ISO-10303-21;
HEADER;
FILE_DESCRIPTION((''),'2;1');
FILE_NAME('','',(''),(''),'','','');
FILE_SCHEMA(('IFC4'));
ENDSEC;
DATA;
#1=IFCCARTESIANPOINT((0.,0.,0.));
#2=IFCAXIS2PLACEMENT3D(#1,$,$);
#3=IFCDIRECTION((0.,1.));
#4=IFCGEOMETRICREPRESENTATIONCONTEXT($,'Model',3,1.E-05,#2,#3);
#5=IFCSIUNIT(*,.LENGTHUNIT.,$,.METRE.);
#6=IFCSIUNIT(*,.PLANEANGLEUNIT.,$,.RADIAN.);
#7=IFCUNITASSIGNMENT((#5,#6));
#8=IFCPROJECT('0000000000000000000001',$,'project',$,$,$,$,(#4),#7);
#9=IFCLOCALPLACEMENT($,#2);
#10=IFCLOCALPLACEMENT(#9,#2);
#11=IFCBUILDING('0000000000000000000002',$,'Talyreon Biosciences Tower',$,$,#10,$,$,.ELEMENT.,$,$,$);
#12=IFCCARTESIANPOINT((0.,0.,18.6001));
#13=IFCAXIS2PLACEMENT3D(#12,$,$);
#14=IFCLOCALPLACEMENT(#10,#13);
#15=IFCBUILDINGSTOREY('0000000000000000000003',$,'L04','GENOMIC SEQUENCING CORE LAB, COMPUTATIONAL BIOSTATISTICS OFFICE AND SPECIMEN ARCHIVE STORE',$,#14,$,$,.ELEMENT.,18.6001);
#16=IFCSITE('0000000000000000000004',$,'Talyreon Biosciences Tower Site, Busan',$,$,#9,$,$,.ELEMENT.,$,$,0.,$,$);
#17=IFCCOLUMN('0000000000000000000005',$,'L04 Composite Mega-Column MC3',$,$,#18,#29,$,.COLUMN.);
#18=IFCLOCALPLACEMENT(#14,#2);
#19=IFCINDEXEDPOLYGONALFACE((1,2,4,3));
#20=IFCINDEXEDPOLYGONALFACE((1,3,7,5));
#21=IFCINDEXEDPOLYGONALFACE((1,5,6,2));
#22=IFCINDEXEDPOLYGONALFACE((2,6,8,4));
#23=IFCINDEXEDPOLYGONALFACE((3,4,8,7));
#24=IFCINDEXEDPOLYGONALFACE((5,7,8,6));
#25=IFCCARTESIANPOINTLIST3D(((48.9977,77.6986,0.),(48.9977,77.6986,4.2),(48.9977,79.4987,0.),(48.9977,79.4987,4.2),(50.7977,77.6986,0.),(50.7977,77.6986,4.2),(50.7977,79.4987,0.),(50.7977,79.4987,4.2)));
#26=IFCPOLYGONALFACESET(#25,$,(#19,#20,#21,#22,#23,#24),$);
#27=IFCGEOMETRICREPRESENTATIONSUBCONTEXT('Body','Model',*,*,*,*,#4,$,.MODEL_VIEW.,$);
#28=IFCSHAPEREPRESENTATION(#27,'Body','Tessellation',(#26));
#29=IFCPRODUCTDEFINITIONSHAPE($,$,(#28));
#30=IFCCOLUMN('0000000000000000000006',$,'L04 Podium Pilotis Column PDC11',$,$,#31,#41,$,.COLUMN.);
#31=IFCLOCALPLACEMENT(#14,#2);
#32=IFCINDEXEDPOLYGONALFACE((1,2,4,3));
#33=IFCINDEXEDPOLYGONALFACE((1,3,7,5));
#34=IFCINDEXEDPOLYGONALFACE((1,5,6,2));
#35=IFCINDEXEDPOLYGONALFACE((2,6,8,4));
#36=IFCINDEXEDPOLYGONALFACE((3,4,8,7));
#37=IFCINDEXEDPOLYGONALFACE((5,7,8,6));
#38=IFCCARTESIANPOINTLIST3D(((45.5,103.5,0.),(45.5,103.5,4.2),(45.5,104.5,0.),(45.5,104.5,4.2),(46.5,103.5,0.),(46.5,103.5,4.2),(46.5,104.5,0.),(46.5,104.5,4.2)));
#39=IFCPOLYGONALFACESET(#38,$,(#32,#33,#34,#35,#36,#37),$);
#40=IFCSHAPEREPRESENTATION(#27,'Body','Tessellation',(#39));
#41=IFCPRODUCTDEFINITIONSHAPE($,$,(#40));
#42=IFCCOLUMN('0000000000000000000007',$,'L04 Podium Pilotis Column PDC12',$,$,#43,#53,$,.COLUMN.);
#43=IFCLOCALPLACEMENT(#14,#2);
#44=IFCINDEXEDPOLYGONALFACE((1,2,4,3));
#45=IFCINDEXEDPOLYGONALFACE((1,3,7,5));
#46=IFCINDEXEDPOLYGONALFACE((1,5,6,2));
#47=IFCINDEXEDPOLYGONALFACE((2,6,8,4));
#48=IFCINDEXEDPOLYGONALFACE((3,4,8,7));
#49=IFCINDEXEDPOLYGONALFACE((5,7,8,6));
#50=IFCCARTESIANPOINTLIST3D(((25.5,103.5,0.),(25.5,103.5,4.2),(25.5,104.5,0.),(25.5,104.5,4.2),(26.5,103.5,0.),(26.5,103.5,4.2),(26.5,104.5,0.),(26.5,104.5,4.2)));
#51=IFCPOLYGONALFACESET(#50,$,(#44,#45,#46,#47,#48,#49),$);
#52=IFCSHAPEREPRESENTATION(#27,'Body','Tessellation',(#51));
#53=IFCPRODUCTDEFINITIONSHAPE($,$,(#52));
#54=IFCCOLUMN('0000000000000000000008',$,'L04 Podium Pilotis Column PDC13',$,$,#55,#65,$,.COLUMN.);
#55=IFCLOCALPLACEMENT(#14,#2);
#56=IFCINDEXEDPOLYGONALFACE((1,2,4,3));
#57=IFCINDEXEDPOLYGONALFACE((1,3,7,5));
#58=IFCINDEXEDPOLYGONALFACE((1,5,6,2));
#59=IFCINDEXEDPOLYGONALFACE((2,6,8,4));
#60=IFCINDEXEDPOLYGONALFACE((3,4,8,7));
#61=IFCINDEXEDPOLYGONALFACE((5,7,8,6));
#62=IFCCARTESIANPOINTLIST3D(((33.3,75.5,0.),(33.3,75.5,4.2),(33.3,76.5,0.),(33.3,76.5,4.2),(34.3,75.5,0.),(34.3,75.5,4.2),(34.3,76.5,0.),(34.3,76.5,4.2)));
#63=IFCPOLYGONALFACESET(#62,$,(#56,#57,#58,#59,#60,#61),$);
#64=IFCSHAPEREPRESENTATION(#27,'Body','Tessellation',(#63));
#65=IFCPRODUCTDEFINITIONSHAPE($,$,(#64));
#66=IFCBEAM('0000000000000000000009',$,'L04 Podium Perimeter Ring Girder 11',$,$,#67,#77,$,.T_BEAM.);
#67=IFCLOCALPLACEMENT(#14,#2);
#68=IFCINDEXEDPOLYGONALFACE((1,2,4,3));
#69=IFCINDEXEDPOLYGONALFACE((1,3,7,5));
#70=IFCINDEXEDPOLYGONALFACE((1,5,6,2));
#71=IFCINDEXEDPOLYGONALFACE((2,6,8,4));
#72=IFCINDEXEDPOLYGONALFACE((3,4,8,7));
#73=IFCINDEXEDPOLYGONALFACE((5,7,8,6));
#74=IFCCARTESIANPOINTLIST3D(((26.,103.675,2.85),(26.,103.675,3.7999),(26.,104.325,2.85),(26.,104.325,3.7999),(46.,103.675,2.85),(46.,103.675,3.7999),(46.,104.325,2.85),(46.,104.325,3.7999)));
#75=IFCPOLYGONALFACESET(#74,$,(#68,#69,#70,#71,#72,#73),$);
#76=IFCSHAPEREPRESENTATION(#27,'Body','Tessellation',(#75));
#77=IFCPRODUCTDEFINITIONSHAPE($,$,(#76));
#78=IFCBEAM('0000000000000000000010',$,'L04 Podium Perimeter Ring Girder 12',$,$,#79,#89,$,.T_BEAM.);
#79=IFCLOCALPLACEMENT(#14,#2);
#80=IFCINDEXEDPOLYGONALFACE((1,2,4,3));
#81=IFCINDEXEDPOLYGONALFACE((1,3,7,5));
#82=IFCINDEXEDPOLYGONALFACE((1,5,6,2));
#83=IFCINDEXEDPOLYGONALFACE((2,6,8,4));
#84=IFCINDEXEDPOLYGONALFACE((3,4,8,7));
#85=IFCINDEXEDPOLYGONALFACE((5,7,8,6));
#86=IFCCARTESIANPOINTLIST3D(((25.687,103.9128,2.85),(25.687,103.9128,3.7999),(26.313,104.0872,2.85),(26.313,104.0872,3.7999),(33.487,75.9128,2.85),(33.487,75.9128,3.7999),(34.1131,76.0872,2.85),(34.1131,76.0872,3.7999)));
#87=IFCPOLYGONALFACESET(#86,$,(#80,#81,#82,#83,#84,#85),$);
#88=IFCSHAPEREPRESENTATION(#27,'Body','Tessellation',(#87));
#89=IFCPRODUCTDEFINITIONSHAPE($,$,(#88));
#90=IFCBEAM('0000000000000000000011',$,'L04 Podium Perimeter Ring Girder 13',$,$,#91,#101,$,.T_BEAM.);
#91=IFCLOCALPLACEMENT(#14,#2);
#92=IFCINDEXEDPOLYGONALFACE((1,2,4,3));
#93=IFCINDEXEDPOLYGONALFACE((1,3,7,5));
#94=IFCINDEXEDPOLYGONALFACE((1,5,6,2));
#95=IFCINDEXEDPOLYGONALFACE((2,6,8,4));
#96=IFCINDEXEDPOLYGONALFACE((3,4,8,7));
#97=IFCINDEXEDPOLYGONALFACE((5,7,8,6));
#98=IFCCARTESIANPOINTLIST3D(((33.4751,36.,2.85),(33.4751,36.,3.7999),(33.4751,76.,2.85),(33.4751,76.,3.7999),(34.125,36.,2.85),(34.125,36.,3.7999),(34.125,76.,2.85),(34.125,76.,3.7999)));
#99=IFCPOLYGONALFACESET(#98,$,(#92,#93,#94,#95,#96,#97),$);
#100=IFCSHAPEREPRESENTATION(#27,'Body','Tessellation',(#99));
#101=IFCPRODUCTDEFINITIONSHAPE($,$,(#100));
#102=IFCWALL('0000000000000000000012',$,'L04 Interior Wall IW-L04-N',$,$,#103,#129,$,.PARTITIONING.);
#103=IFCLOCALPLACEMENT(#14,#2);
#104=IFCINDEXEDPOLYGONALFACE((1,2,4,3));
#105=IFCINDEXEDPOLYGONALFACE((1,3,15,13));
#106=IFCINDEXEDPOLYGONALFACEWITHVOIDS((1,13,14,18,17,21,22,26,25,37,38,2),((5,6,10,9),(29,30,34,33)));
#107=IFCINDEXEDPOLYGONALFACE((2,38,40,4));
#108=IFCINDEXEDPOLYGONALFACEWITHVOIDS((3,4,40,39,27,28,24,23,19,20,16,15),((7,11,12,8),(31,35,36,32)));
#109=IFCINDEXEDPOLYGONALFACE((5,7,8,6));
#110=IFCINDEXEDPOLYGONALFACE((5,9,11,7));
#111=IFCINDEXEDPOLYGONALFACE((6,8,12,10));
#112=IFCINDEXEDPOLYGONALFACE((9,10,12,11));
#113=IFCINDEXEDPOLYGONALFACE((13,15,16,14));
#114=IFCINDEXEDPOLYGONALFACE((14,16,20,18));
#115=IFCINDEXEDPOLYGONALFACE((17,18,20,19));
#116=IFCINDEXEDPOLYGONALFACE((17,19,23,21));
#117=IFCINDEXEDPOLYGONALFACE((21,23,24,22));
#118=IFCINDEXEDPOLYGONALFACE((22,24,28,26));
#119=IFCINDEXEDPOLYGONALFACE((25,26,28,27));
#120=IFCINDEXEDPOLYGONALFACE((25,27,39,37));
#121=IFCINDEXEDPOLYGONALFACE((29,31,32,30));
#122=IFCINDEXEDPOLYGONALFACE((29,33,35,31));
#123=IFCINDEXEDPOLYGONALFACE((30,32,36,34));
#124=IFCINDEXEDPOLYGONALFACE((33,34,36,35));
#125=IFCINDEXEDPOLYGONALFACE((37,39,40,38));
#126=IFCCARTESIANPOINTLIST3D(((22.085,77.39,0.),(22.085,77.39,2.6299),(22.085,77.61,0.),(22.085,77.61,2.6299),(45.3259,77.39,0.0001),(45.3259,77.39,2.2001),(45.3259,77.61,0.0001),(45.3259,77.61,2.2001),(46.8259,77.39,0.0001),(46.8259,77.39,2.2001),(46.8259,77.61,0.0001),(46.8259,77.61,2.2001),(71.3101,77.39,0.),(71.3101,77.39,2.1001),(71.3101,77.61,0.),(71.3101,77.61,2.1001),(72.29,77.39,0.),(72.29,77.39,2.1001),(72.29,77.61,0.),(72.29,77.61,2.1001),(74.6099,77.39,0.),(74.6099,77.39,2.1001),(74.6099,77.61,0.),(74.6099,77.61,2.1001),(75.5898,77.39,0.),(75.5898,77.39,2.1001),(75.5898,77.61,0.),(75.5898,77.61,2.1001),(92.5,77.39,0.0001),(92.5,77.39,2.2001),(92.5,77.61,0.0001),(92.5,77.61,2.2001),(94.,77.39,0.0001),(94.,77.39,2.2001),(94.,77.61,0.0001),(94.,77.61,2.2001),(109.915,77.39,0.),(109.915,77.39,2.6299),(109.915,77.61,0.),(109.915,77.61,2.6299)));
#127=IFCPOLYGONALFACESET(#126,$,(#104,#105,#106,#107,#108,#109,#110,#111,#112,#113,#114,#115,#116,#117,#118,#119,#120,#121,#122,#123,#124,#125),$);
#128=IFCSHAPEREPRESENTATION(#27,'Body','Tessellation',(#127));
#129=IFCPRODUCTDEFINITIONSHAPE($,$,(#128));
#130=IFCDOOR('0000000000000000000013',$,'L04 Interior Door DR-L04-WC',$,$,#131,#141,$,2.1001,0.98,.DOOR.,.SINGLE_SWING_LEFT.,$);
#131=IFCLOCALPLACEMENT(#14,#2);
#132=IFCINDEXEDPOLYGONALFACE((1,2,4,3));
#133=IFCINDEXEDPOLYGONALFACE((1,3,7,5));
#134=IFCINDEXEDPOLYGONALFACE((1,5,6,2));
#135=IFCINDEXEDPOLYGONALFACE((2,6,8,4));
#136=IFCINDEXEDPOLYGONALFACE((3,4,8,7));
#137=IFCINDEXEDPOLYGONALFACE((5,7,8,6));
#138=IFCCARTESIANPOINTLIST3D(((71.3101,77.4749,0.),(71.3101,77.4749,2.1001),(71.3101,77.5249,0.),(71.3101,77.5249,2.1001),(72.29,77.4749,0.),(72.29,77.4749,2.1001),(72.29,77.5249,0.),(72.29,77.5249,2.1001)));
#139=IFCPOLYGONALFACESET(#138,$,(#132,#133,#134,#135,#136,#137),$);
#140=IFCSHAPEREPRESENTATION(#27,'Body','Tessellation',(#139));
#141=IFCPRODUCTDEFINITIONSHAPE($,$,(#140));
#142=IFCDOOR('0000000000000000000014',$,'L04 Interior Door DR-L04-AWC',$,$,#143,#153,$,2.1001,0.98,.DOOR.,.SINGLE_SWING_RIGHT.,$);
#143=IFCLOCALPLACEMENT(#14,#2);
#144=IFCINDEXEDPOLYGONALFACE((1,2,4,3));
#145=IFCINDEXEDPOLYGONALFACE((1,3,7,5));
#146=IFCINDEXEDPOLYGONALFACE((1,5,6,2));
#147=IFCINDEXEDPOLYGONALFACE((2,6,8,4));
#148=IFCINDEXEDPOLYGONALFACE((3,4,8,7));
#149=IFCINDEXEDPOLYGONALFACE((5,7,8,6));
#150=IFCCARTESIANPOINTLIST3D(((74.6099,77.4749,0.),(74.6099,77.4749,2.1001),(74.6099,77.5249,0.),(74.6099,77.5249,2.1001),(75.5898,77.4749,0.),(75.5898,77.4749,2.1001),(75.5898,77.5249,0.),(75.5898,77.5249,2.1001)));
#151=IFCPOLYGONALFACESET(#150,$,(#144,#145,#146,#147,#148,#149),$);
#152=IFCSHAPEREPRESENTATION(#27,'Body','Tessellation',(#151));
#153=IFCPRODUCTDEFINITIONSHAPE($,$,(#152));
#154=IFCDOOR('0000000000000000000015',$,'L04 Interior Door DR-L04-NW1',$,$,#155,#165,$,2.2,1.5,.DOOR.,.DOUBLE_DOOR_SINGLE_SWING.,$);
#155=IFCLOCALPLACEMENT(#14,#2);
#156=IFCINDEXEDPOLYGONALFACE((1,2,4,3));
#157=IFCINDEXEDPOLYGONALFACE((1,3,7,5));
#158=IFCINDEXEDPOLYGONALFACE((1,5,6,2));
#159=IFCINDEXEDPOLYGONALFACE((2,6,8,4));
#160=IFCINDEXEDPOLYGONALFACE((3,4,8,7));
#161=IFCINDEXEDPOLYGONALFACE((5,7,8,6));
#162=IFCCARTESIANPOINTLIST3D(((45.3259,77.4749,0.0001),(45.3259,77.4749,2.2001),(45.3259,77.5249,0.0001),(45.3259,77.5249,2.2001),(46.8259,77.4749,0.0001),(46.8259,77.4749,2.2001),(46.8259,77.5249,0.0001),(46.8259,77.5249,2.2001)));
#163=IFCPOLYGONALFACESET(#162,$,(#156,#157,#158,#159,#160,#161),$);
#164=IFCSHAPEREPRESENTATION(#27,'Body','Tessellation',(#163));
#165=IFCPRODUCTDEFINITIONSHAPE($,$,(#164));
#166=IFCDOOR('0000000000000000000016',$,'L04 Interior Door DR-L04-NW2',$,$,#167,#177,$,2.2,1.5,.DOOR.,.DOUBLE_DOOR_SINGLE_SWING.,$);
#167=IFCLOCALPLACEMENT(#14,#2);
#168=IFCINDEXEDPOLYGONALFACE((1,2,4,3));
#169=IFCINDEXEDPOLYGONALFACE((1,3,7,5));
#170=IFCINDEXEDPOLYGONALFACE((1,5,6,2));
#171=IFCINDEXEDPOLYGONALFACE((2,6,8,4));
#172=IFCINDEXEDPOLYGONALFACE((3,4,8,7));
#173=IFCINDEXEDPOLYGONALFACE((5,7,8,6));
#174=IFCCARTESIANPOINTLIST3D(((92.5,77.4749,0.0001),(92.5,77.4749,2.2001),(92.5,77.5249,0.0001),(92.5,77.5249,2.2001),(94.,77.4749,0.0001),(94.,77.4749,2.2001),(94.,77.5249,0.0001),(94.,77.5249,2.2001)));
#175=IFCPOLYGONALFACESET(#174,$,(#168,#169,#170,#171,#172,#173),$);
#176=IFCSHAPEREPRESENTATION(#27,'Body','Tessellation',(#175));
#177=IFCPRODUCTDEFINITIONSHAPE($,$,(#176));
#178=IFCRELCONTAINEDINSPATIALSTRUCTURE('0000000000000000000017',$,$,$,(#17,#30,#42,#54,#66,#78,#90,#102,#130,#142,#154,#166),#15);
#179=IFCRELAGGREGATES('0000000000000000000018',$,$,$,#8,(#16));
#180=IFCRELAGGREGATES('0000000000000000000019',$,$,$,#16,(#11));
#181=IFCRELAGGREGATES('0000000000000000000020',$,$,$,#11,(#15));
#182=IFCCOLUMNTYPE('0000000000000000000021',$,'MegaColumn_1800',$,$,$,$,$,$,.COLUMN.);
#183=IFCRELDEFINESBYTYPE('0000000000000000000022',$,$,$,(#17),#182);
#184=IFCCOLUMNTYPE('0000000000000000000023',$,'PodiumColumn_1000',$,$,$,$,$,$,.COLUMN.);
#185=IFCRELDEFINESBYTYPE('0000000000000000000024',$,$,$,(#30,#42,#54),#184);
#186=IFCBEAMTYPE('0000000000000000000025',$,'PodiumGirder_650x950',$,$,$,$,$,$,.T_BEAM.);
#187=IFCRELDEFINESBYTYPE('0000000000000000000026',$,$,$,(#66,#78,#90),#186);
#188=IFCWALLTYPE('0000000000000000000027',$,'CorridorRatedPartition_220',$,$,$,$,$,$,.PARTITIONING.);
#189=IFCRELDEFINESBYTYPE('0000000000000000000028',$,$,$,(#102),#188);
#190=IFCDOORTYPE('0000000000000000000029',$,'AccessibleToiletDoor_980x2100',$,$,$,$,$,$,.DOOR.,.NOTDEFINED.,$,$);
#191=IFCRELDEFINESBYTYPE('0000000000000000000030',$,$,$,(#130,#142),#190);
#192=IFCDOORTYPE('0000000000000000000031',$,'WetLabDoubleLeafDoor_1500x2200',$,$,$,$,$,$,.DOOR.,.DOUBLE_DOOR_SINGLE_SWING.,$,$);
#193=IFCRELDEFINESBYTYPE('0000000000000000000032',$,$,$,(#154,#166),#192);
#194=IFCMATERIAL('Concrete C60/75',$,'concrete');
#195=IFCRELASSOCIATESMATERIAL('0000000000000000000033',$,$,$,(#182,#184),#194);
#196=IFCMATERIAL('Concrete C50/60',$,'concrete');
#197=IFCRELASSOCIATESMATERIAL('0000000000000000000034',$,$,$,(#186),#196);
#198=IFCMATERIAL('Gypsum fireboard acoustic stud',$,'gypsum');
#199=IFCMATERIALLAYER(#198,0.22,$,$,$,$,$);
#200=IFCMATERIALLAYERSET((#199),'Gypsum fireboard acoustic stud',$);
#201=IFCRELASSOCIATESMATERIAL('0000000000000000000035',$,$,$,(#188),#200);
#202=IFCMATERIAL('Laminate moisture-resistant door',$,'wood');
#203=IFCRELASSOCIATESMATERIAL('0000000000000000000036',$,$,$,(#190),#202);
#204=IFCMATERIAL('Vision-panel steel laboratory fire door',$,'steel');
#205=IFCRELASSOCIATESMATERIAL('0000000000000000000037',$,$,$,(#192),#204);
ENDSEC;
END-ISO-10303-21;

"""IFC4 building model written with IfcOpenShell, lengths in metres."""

from ifc_helpers import new_model, si_unit, direction, frame, frame_2d, origin, origin_2d, place, context, subcontext, project, spatial, rectangle, extrude, material, layer, layer_set, material_profile, profile_set, type_object, element, fill, save


model = new_model("IFC4")

# Units and contexts
model_context = context("Model", 3, precision=1e-05, world=origin(), true_north=direction((0.0, 1.0)))
body_context = subcontext(model_context, "Body", "Model", "MODEL_VIEW")
ifc_project = project(units=[si_unit("LENGTHUNIT", "METRE"), si_unit("PLANEANGLEUNIT", "RADIAN")], contexts=[model_context])

# Site, building, storey
site_placement = place(None, origin())
site = spatial("IfcSite", under=ifc_project, at=site_placement, Name="Talyreon Biosciences Tower Site, Busan", CompositionType="ELEMENT", RefElevation=0.0)
building_placement = place(site_placement, origin())
building = spatial("IfcBuilding", under=site, at=building_placement, Name="Talyreon Biosciences Tower", CompositionType="ELEMENT")
storey_placement = place(building_placement, frame((0.0, 0.0, 18.6001)))
storey = spatial("IfcBuildingStorey", under=building, at=storey_placement, Name="L04", Description="GENOMIC SEQUENCING CORE LAB, COMPUTATIONAL BIOSTATISTICS OFFICE AND SPECIMEN ARCHIVE STORE", CompositionType="ELEMENT", Elevation=18.6001)

# Columns
ifc_material_1 = material(Name="Concrete C60/75", Category="concrete")
ifc_material_profile_1 = material_profile(ifc_material_1, rectangle(XDim=1.8, YDim=1.8, at=origin_2d()), Name="RC 1800x1800")
ifc_profile_set_1 = profile_set([ifc_material_profile_1], Name="Concrete C60/75")
column_type_1 = type_object("IfcColumnType", Name="MegaColumn_1800", PredefinedType="COLUMN", material=ifc_profile_set_1)
column_placement = place(storey_placement, frame((49.8977, 78.5986, 0.0), z_axis=(0.0, 0.0, 1.0), x_axis=(1.0, 0.0, 0.0)))
element("IfcColumn", 1, at=column_placement, inside=storey, type_object=column_type_1, Name="L04 Composite Mega-Column MC3", PredefinedType="COLUMN", context=body_context, shape_type="SweptSolid", body=[
    extrude(rectangle(XDim=1.8, YDim=1.8, at=origin_2d()), origin(), (0.0, 0.0, 1.0), 4.2),
])
ifc_material_profile_2 = material_profile(ifc_material_1, rectangle(XDim=1.0, YDim=1.0, at=origin_2d()), Name="RC 1000x1000")
ifc_profile_set_2 = profile_set([ifc_material_profile_2], Name="Concrete C60/75")
column_type_2 = type_object("IfcColumnType", Name="PodiumColumn_1000", PredefinedType="COLUMN", material=ifc_profile_set_2)
for number, where, z_axis, x_axis, name in (
    (2, (46.0, 104.0, 0.0), (0.0, 0.0, 1.0), (1.0, 0.0, 0.0), "L04 Podium Pilotis Column PDC11"),
    (3, (26.0, 104.0, 0.0), (0.0, 0.0, 1.0), (1.0, 0.0, 0.0), "L04 Podium Pilotis Column PDC12"),
    (4, (33.8, 76.0, 0.0), (0.0, 0.0, 1.0), (1.0, 0.0, 0.0), "L04 Podium Pilotis Column PDC13"),
):
    element("IfcColumn", number, at=place(storey_placement, frame(where, z_axis=z_axis, x_axis=x_axis)), inside=storey, type_object=column_type_2, Name=name, PredefinedType="COLUMN", context=body_context, shape_type="SweptSolid", body=[
        extrude(rectangle(XDim=1.0, YDim=1.0, at=origin_2d()), origin(), (0.0, 0.0, 1.0), 4.2),
    ])

# Beams
ifc_material_2 = material(Name="Concrete C50/60", Category="concrete")
ifc_material_profile_3 = material_profile(ifc_material_2, rectangle(XDim=0.6499, YDim=0.95, at=origin_2d()), Name="RCB 650x950")
ifc_profile_set_3 = profile_set([ifc_material_profile_3], Name="Concrete C50/60")
beam_type = type_object("IfcBeamType", Name="PodiumGirder_650x950", PredefinedType="T_BEAM", material=ifc_profile_set_3)
beam_1_placement = place(storey_placement, frame((46.0, 104.0, 3.325), z_axis=(-1.0, 0.0, 0.0), x_axis=(0.0, -1.0, 0.0)))
element("IfcBeam", 5, at=beam_1_placement, inside=storey, type_object=beam_type, Name="L04 Podium Perimeter Ring Girder 11", PredefinedType="T_BEAM", context=body_context, shape_type="SweptSolid", body=[
    extrude(rectangle(XDim=0.6499, YDim=0.95, at=origin_2d()), origin(), (0.0, 0.0, 1.0), 20.0),
])
beam_2_placement = place(storey_placement, frame((26.0, 104.0, 3.325), z_axis=(0.268355, -0.96332, 0.0), x_axis=(0.96332, 0.268355, 0.0)))
element("IfcBeam", 6, at=beam_2_placement, inside=storey, type_object=beam_type, Name="L04 Podium Perimeter Ring Girder 12", PredefinedType="T_BEAM", context=body_context, shape_type="SweptSolid", body=[
    extrude(rectangle(XDim=0.6499, YDim=0.95, at=origin_2d()), origin(), (0.0, 0.0, 1.0), 29.0662),
])
beam_3_placement = place(storey_placement, frame((33.8, 76.0, 3.325), z_axis=(0.0, -1.0, 0.0), x_axis=(1.0, 0.0, 0.0)))
element("IfcBeam", 7, at=beam_3_placement, inside=storey, type_object=beam_type, Name="L04 Podium Perimeter Ring Girder 13", PredefinedType="T_BEAM", context=body_context, shape_type="SweptSolid", body=[
    extrude(rectangle(XDim=0.6499, YDim=0.95, at=origin_2d()), origin(), (0.0, 0.0, 1.0), 40.0),
])

# Wall, openings, doors
ifc_material_3 = material(Name="Gypsum fireboard acoustic stud", Category="gypsum")
ifc_layer_1 = layer(ifc_material_3, 0.22)
ifc_layer_set_1 = layer_set([ifc_layer_1], Name="Gypsum fireboard acoustic stud")
wall_type_1 = type_object("IfcWallType", Name="CorridorRatedPartition_220", PredefinedType="PARTITIONING", material=ifc_layer_set_1)
wall_1_placement = place(storey_placement, frame((22.085, 77.5, 0.0), z_axis=(0.0, 0.0, 1.0), x_axis=(1.0, 0.0, 0.0)))
wall_1 = element("IfcWall", 8, at=wall_1_placement, inside=storey, type_object=wall_type_1, Name="L04 Interior Wall IW-L04-N", PredefinedType="PARTITIONING", context=body_context, shape_type="SweptSolid", body=[
    extrude(rectangle(XDim=87.8301, YDim=0.22, at=frame_2d((43.915, 0.0))), origin(), (0.0, 0.0, 1.0), 2.6299),
])
opening_1_placement = place(wall_1_placement, frame((23.241, 0.0, 0.0)))
opening_1 = element("IfcOpeningElement", 9, at=opening_1_placement, cuts=wall_1, PredefinedType="OPENING", context=body_context, shape_type="SweptSolid", body=[
    extrude(rectangle(XDim=1.5, YDim=2.2, at=frame_2d((0.75, 1.1001))), frame((0.0, 0.1199, 0.0), z_axis=(0.0, -1.0, 0.0), x_axis=(1.0, 0.0, 0.0)), (0.0, 0.0, 1.0), 0.24),
])
opening_2_placement = place(wall_1_placement, frame((49.2251, 0.0, 0.0)))
opening_2 = element("IfcOpeningElement", 10, at=opening_2_placement, cuts=wall_1, PredefinedType="OPENING", context=body_context, shape_type="SweptSolid", body=[
    extrude(rectangle(XDim=0.98, YDim=2.1001, at=frame_2d((0.49, 1.05))), frame((0.0, 0.1199, 0.0), z_axis=(0.0, -1.0, 0.0), x_axis=(1.0, 0.0, 0.0)), (0.0, 0.0, 1.0), 0.24),
])
opening_3_placement = place(wall_1_placement, frame((52.5249, 0.0, 0.0)))
opening_3 = element("IfcOpeningElement", 11, at=opening_3_placement, cuts=wall_1, PredefinedType="OPENING", context=body_context, shape_type="SweptSolid", body=[
    extrude(rectangle(XDim=0.98, YDim=2.1001, at=frame_2d((0.49, 1.05))), frame((0.0, 0.1199, 0.0), z_axis=(0.0, -1.0, 0.0), x_axis=(1.0, 0.0, 0.0)), (0.0, 0.0, 1.0), 0.24),
])
opening_4_placement = place(wall_1_placement, frame((70.415, 0.0, 0.0)))
opening_4 = element("IfcOpeningElement", 12, at=opening_4_placement, cuts=wall_1, PredefinedType="OPENING", context=body_context, shape_type="SweptSolid", body=[
    extrude(rectangle(XDim=1.5, YDim=2.2, at=frame_2d((0.75, 1.1001))), frame((0.0, 0.1199, 0.0), z_axis=(0.0, -1.0, 0.0), x_axis=(1.0, 0.0, 0.0)), (0.0, 0.0, 1.0), 0.24),
])
ifc_material_4 = material(Name="Laminate moisture-resistant door", Category="wood")
door_type_1 = type_object("IfcDoorType", Name="AccessibleToiletDoor_980x2100", OperationType="NOTDEFINED", PredefinedType="DOOR", material=ifc_material_4)
door_1_placement = place(opening_2_placement, origin())
door_1 = element("IfcDoor", 13, at=door_1_placement, inside=storey, type_object=door_type_1, Name="L04 Interior Door DR-L04-WC", OperationType="SINGLE_SWING_LEFT", OverallHeight=2.1001, OverallWidth=0.98, PredefinedType="DOOR", context=body_context, shape_type="SweptSolid", body=[
    extrude(rectangle(XDim=0.98, YDim=2.1001, at=frame_2d((0.49, 1.05))), frame((0.0, 0.0249, 0.0), z_axis=(0.0, -1.0, 0.0), x_axis=(1.0, 0.0, 0.0)), (0.0, 0.0, 1.0), 0.05),
])
fill(opening_2, door_1)
door_2_placement = place(opening_3_placement, origin())
door_2 = element("IfcDoor", 14, at=door_2_placement, inside=storey, type_object=door_type_1, Name="L04 Interior Door DR-L04-AWC", OperationType="SINGLE_SWING_RIGHT", OverallHeight=2.1001, OverallWidth=0.98, PredefinedType="DOOR", context=body_context, shape_type="SweptSolid", body=[
    extrude(rectangle(XDim=0.98, YDim=2.1001, at=frame_2d((0.49, 1.05))), frame((0.0, 0.0249, 0.0), z_axis=(0.0, -1.0, 0.0), x_axis=(1.0, 0.0, 0.0)), (0.0, 0.0, 1.0), 0.05),
])
fill(opening_3, door_2)
ifc_material_5 = material(Name="Vision-panel steel laboratory fire door", Category="steel")
door_type_2 = type_object("IfcDoorType", Name="WetLabDoubleLeafDoor_1500x2200", OperationType="DOUBLE_DOOR_SINGLE_SWING", PredefinedType="DOOR", material=ifc_material_5)
door_3_placement = place(opening_1_placement, origin())
door_3 = element("IfcDoor", 15, at=door_3_placement, inside=storey, type_object=door_type_2, Name="L04 Interior Door DR-L04-NW1", OperationType="DOUBLE_DOOR_SINGLE_SWING", OverallHeight=2.2, OverallWidth=1.5, PredefinedType="DOOR", context=body_context, shape_type="SweptSolid", body=[
    extrude(rectangle(XDim=1.5, YDim=2.2, at=frame_2d((0.75, 1.1001))), frame((0.0, 0.0249, 0.0), z_axis=(0.0, -1.0, 0.0), x_axis=(1.0, 0.0, 0.0)), (0.0, 0.0, 1.0), 0.05),
])
fill(opening_1, door_3)
door_4_placement = place(opening_4_placement, origin())
door_4 = element("IfcDoor", 16, at=door_4_placement, inside=storey, type_object=door_type_2, Name="L04 Interior Door DR-L04-NW2", OperationType="DOUBLE_DOOR_SINGLE_SWING", OverallHeight=2.2, OverallWidth=1.5, PredefinedType="DOOR", context=body_context, shape_type="SweptSolid", body=[
    extrude(rectangle(XDim=1.5, YDim=2.2, at=frame_2d((0.75, 1.1001))), frame((0.0, 0.0249, 0.0), z_axis=(0.0, -1.0, 0.0), x_axis=(1.0, 0.0, 0.0)), (0.0, 0.0, 1.0), 0.05),
])
fill(opening_4, door_4)

save(model, "model.ifc")
